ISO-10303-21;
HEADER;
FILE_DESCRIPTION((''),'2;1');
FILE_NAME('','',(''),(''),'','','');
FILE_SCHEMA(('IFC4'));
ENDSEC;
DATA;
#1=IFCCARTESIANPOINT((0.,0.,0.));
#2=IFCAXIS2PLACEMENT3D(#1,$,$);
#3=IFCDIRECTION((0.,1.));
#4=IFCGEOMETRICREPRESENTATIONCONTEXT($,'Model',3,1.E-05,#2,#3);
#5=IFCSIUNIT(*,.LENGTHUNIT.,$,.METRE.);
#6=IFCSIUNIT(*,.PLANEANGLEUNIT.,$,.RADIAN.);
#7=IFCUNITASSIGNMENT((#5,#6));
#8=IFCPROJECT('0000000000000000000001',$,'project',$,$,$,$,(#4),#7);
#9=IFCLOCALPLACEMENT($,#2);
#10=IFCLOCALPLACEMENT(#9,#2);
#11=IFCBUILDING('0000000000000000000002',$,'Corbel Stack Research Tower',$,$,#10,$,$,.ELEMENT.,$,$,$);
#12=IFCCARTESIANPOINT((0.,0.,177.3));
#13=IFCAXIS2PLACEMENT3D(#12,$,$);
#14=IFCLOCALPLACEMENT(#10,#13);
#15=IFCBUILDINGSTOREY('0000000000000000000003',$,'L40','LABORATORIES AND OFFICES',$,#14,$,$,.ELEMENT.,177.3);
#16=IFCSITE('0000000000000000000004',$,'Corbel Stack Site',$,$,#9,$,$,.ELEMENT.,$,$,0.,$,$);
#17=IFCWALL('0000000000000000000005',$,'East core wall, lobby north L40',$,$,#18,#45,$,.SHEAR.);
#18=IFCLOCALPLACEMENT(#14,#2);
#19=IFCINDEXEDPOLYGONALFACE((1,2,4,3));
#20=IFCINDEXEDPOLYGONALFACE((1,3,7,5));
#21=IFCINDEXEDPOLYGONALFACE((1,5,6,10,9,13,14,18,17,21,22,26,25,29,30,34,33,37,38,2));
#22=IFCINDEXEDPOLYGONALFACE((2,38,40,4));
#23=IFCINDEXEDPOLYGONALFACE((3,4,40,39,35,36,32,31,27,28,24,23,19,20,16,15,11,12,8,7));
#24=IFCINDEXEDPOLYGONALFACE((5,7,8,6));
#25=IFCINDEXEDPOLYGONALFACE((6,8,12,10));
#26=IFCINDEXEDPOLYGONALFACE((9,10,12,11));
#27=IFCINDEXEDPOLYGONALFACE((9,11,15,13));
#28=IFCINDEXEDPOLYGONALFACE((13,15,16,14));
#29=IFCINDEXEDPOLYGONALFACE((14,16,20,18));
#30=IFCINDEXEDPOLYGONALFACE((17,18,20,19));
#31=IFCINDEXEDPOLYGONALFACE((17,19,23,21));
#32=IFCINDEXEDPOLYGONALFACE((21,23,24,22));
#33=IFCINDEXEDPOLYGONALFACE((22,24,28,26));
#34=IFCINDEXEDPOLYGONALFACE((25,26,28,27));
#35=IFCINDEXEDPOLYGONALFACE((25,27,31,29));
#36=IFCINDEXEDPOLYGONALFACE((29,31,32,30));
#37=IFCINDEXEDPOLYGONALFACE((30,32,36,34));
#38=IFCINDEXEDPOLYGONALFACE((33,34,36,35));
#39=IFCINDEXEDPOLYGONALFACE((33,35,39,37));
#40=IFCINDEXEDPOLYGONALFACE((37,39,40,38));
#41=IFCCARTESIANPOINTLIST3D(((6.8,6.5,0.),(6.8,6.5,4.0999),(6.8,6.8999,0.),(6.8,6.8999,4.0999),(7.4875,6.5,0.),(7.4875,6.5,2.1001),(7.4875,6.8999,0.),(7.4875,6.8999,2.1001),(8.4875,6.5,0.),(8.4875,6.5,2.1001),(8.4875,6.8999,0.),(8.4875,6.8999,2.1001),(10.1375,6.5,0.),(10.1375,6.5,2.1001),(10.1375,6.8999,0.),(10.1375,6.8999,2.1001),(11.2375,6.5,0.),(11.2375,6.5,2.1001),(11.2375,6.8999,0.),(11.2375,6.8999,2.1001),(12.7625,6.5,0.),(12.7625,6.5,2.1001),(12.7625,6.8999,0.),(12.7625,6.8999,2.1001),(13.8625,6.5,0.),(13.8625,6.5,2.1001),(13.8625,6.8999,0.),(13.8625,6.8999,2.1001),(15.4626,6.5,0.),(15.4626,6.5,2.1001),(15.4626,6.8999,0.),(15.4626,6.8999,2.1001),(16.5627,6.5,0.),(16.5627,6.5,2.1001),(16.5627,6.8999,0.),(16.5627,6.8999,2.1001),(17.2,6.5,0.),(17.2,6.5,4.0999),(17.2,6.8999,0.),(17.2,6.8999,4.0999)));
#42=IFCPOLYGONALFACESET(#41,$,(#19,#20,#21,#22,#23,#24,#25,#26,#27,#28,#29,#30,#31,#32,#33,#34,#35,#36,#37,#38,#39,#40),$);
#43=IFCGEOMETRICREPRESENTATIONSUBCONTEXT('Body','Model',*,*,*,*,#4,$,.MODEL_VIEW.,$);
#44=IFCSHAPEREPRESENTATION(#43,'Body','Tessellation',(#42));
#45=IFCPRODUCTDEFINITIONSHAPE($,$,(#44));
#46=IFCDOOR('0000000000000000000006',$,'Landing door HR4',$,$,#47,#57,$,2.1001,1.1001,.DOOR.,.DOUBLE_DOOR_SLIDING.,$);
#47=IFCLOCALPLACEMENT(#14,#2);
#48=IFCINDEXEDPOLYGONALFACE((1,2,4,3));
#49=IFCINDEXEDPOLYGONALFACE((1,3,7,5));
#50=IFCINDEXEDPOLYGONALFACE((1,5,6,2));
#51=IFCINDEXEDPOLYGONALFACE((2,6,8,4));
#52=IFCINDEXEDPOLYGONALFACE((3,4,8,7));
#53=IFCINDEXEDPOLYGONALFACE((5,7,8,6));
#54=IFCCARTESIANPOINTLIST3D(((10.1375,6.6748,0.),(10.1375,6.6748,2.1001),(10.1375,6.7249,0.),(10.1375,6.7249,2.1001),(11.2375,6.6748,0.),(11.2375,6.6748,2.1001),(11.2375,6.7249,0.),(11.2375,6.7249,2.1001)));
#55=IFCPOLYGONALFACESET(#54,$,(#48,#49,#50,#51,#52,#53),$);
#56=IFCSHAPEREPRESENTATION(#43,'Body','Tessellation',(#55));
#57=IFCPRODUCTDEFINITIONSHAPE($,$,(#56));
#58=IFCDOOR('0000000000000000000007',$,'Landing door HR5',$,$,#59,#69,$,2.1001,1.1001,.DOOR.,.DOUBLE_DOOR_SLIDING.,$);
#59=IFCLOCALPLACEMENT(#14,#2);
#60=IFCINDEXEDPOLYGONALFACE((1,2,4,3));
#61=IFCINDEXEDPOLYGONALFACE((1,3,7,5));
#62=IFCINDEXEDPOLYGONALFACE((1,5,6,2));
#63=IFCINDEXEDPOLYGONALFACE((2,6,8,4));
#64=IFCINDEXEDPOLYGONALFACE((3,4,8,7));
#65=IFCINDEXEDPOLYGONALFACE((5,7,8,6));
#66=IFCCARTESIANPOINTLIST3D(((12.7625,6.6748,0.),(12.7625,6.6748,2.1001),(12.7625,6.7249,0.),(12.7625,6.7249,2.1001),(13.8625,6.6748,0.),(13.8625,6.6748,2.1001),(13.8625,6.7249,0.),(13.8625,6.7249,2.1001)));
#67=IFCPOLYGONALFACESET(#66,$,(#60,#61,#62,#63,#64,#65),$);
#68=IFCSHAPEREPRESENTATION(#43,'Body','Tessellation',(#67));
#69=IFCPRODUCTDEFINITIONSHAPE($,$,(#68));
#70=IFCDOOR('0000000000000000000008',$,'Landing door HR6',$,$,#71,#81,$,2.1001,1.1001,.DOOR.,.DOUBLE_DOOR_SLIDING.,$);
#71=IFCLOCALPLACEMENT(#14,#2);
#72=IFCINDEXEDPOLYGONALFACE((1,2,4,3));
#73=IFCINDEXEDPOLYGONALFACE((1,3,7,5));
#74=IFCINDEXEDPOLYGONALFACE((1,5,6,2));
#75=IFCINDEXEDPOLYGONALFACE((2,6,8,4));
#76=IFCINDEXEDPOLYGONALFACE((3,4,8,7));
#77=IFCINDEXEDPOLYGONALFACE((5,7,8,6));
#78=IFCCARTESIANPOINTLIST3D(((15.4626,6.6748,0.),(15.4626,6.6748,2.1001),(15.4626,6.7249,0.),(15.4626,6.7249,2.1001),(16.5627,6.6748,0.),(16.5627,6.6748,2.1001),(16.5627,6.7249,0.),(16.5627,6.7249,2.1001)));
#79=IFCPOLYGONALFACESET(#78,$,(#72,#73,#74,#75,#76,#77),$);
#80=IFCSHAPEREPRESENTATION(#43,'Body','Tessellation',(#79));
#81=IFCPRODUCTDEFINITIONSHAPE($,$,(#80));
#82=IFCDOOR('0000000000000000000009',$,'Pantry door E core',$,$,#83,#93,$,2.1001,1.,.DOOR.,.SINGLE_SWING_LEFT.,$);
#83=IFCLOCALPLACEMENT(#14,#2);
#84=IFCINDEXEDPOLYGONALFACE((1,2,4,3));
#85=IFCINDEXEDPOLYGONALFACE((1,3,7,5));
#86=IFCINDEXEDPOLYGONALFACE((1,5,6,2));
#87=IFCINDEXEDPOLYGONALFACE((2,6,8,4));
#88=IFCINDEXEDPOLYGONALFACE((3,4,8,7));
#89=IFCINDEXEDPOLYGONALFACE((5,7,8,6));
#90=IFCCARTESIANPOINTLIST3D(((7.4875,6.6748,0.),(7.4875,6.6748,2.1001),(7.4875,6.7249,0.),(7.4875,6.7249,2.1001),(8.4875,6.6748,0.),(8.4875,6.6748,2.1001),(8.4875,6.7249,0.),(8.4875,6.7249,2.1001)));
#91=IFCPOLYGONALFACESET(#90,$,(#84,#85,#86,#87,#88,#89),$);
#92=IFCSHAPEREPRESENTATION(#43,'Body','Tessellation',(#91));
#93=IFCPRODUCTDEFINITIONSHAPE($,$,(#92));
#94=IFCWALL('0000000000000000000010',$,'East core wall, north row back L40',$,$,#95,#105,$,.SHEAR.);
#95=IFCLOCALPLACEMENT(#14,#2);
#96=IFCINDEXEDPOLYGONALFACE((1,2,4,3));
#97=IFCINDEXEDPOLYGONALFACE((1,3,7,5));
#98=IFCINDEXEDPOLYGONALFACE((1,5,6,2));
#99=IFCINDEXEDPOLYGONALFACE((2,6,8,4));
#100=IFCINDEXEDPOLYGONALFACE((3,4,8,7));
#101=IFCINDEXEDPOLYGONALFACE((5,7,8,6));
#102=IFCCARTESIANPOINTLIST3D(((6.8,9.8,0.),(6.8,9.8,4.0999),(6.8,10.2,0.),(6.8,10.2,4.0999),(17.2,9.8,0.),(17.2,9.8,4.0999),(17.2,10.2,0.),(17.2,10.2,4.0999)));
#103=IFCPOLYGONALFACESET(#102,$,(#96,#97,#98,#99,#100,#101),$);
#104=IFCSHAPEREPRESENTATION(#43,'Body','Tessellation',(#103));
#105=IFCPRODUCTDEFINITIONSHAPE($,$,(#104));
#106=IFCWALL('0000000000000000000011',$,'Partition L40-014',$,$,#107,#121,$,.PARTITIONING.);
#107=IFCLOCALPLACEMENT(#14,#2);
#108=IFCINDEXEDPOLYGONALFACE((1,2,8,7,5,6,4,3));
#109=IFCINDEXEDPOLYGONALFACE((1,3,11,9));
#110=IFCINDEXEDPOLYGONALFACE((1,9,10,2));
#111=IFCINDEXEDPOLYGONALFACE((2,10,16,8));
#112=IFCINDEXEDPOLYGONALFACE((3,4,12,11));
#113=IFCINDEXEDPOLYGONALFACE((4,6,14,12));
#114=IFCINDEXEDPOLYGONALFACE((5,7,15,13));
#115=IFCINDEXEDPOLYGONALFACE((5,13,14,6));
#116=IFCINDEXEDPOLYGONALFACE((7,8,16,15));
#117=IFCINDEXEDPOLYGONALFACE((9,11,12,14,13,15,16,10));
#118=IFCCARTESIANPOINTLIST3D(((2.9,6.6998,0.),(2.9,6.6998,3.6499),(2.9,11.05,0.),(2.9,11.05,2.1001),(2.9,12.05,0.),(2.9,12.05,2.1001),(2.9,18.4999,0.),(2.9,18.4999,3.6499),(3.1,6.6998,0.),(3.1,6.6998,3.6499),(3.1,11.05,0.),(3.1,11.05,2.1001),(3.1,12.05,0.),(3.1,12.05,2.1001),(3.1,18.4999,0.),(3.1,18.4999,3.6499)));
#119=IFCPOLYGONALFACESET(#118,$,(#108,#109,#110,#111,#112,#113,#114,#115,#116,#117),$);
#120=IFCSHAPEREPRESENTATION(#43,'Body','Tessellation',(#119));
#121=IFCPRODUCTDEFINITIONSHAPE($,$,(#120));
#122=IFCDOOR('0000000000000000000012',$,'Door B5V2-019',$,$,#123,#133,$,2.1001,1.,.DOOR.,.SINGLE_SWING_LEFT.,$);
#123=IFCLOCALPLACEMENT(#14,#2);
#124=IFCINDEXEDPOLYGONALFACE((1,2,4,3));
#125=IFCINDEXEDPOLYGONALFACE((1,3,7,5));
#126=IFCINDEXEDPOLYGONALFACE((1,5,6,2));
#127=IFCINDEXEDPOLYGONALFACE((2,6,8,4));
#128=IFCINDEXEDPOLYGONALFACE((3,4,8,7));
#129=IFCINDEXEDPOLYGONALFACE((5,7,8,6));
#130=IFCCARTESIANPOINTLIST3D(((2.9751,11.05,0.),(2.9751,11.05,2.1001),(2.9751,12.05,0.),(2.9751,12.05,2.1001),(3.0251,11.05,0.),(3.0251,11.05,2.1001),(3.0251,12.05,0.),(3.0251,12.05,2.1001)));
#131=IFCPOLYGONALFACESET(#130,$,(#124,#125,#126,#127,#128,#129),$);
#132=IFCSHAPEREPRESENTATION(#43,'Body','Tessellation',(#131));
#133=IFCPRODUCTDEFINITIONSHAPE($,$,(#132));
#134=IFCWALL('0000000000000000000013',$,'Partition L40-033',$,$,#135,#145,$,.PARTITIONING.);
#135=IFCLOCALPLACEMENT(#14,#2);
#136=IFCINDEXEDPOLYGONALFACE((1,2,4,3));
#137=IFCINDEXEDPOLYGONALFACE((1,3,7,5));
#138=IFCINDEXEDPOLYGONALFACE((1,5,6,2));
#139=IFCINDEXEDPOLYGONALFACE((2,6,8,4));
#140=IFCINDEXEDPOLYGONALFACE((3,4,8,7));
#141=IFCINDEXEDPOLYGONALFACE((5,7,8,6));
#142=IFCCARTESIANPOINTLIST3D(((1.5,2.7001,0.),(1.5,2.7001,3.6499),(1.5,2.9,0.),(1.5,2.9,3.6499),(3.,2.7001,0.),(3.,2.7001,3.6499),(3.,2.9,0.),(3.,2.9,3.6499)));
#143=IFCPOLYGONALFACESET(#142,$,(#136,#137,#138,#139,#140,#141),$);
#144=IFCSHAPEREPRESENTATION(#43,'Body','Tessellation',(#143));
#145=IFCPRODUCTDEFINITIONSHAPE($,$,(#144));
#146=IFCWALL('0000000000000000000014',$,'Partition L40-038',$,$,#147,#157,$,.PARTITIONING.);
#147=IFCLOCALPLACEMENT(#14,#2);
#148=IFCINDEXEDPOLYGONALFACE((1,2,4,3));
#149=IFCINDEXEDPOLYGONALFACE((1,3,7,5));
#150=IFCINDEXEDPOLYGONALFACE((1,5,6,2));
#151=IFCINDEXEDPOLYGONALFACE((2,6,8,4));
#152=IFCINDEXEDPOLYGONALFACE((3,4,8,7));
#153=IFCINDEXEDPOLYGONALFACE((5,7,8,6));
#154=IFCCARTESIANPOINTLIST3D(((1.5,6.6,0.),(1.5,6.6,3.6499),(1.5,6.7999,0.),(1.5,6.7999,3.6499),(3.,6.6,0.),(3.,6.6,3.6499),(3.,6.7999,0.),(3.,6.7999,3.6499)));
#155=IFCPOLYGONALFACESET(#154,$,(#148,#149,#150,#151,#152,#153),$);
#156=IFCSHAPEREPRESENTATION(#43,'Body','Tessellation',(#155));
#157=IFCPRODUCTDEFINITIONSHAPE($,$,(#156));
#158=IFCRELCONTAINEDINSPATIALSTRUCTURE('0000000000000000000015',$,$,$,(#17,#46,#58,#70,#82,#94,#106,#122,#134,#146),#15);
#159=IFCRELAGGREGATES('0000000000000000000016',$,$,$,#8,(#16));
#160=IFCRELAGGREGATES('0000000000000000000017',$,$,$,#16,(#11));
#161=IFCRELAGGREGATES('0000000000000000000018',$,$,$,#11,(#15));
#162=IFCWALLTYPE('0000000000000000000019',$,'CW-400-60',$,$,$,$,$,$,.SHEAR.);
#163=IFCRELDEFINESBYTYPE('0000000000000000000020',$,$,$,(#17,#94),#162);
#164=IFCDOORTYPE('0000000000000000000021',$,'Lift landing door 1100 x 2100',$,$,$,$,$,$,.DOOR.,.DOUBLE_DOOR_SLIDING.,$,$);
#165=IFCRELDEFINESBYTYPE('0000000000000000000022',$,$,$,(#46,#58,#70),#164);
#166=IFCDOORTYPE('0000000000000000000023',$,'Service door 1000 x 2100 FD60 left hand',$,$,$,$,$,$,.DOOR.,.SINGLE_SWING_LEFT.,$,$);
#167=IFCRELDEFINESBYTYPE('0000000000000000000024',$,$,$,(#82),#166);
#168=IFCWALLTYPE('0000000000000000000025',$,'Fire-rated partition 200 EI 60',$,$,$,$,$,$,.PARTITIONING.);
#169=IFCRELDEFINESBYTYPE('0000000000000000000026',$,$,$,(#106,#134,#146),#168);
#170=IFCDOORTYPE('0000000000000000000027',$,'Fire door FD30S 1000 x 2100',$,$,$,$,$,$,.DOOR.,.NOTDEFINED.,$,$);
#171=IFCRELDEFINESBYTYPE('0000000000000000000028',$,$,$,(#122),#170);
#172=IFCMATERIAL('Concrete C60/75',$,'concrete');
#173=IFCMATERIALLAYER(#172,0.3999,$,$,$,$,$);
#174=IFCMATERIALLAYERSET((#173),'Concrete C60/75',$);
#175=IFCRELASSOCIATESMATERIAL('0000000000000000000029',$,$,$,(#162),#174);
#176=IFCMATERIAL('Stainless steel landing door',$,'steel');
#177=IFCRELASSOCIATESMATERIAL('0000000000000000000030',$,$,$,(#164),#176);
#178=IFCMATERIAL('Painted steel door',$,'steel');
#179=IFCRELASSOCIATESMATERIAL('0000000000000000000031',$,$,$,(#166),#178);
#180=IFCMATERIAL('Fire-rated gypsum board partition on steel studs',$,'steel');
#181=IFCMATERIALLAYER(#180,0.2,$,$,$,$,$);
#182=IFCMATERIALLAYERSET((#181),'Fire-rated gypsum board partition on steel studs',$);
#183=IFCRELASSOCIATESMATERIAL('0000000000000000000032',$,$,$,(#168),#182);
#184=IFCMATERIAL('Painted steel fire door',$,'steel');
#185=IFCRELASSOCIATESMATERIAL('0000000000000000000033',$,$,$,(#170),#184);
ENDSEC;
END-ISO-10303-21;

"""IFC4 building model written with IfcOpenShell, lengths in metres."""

from ifc_helpers import new_model, si_unit, direction, frame, frame_2d, origin, place, context, subcontext, project, spatial, rectangle, extrude, material, layer, layer_set, type_object, element, fill, save


model = new_model("IFC4")

# Units and contexts
model_context = context("Model", 3, precision=1e-05, world=origin(), true_north=direction((0.0, 1.0)))
body_context = subcontext(model_context, "Body", "Model", "MODEL_VIEW")
ifc_project = project(units=[si_unit("LENGTHUNIT", "METRE"), si_unit("PLANEANGLEUNIT", "RADIAN")], contexts=[model_context])

# Site, building, storey
site_placement = place(None, origin())
site = spatial("IfcSite", under=ifc_project, at=site_placement, Name="Corbel Stack Site", CompositionType="ELEMENT", RefElevation=0.0)
building_placement = place(site_placement, origin())
building = spatial("IfcBuilding", under=site, at=building_placement, Name="Corbel Stack Research Tower", CompositionType="ELEMENT")
storey_placement = place(building_placement, frame((0.0, 0.0, 177.3)))
storey = spatial("IfcBuildingStorey", under=building, at=storey_placement, Name="L40", Description="LABORATORIES AND OFFICES", CompositionType="ELEMENT", Elevation=177.3)

# Wall, openings, doors
ifc_material_1 = material(Name="Concrete C60/75", Category="concrete")
ifc_layer_1 = layer(ifc_material_1, 0.3999)
ifc_layer_set_1 = layer_set([ifc_layer_1], Name="Concrete C60/75")
wall_type_1 = type_object("IfcWallType", Name="CW-400-60", PredefinedType="SHEAR", material=ifc_layer_set_1)
ifc_material_2 = material(Name="Stainless steel landing door", Category="steel")
door_type_1 = type_object("IfcDoorType", Name="Lift landing door 1100 x 2100", OperationType="DOUBLE_DOOR_SLIDING", PredefinedType="DOOR", material=ifc_material_2)
ifc_material_3 = material(Name="Painted steel door", Category="steel")
door_type_2 = type_object("IfcDoorType", Name="Service door 1000 x 2100 FD60 left hand", OperationType="SINGLE_SWING_LEFT", PredefinedType="DOOR", material=ifc_material_3)
wall_1_placement = place(storey_placement, frame((6.8, 6.7, 0.0), z_axis=(0.0, 0.0, 1.0), x_axis=(1.0, 0.0, 0.0)))
wall_1 = element("IfcWall", 1, at=wall_1_placement, inside=storey, type_object=wall_type_1, Name="East core wall, lobby north L40", PredefinedType="SHEAR", context=body_context, shape_type="SweptSolid", body=[
    extrude(rectangle(XDim=10.3999, YDim=0.3999, at=frame_2d((5.2, 0.0))), origin(), (0.0, 0.0, 1.0), 4.0999),
])
opening_1_placement = place(wall_1_placement, frame((3.3374, 0.0, 0.0)))
opening_1 = element("IfcOpeningElement", 2, at=opening_1_placement, cuts=wall_1, PredefinedType="OPENING", context=body_context, shape_type="SweptSolid", body=[
    extrude(rectangle(XDim=1.1001, YDim=2.1001, at=frame_2d((0.55, 1.05))), frame((0.0, 0.21, 0.0), z_axis=(0.0, -1.0, 0.0), x_axis=(1.0, 0.0, 0.0)), (0.0, 0.0, 1.0), 0.4199),
])
opening_2_placement = place(wall_1_placement, frame((5.9624, 0.0, 0.0)))
opening_2 = element("IfcOpeningElement", 3, at=opening_2_placement, cuts=wall_1, PredefinedType="OPENING", context=body_context, shape_type="SweptSolid", body=[
    extrude(rectangle(XDim=1.1001, YDim=2.1001, at=frame_2d((0.55, 1.05))), frame((0.0, 0.21, 0.0), z_axis=(0.0, -1.0, 0.0), x_axis=(1.0, 0.0, 0.0)), (0.0, 0.0, 1.0), 0.4199),
])
opening_3_placement = place(wall_1_placement, frame((8.6626, 0.0, 0.0)))
opening_3 = element("IfcOpeningElement", 4, at=opening_3_placement, cuts=wall_1, PredefinedType="OPENING", context=body_context, shape_type="SweptSolid", body=[
    extrude(rectangle(XDim=1.1001, YDim=2.1001, at=frame_2d((0.55, 1.05))), frame((0.0, 0.21, 0.0), z_axis=(0.0, -1.0, 0.0), x_axis=(1.0, 0.0, 0.0)), (0.0, 0.0, 1.0), 0.4199),
])
opening_4_placement = place(wall_1_placement, frame((0.6875, 0.0, 0.0)))
opening_4 = element("IfcOpeningElement", 5, at=opening_4_placement, cuts=wall_1, PredefinedType="OPENING", context=body_context, shape_type="SweptSolid", body=[
    extrude(rectangle(XDim=1.0, YDim=2.1001, at=frame_2d((0.5, 1.05))), frame((0.0, 0.21, 0.0), z_axis=(0.0, -1.0, 0.0), x_axis=(1.0, 0.0, 0.0)), (0.0, 0.0, 1.0), 0.4199),
])
door_1_placement = place(opening_1_placement, origin())
door_1 = element("IfcDoor", 6, at=door_1_placement, inside=storey, type_object=door_type_1, Name="Landing door HR4", OperationType="DOUBLE_DOOR_SLIDING", OverallHeight=2.1001, OverallWidth=1.1001, PredefinedType="DOOR", context=body_context, shape_type="SweptSolid", body=[
    extrude(rectangle(XDim=1.1001, YDim=2.1001, at=frame_2d((0.55, 1.05))), frame((0.0, 0.0249, 0.0), z_axis=(0.0, -1.0, 0.0), x_axis=(1.0, 0.0, 0.0)), (0.0, 0.0, 1.0), 0.05),
])
fill(opening_1, door_1)
door_2_placement = place(opening_2_placement, origin())
door_2 = element("IfcDoor", 7, at=door_2_placement, inside=storey, type_object=door_type_1, Name="Landing door HR5", OperationType="DOUBLE_DOOR_SLIDING", OverallHeight=2.1001, OverallWidth=1.1001, PredefinedType="DOOR", context=body_context, shape_type="SweptSolid", body=[
    extrude(rectangle(XDim=1.1001, YDim=2.1001, at=frame_2d((0.55, 1.05))), frame((0.0, 0.0249, 0.0), z_axis=(0.0, -1.0, 0.0), x_axis=(1.0, 0.0, 0.0)), (0.0, 0.0, 1.0), 0.05),
])
fill(opening_2, door_2)
door_3_placement = place(opening_3_placement, origin())
door_3 = element("IfcDoor", 8, at=door_3_placement, inside=storey, type_object=door_type_1, Name="Landing door HR6", OperationType="DOUBLE_DOOR_SLIDING", OverallHeight=2.1001, OverallWidth=1.1001, PredefinedType="DOOR", context=body_context, shape_type="SweptSolid", body=[
    extrude(rectangle(XDim=1.1001, YDim=2.1001, at=frame_2d((0.55, 1.05))), frame((0.0, 0.0249, 0.0), z_axis=(0.0, -1.0, 0.0), x_axis=(1.0, 0.0, 0.0)), (0.0, 0.0, 1.0), 0.05),
])
fill(opening_3, door_3)
door_4_placement = place(opening_4_placement, origin())
door_4 = element("IfcDoor", 9, at=door_4_placement, inside=storey, type_object=door_type_2, Name="Pantry door E core", OperationType="SINGLE_SWING_LEFT", OverallHeight=2.1001, OverallWidth=1.0, PredefinedType="DOOR", context=body_context, shape_type="SweptSolid", body=[
    extrude(rectangle(XDim=1.0, YDim=2.1001, at=frame_2d((0.5, 1.05))), frame((0.0, 0.0249, 0.0), z_axis=(0.0, -1.0, 0.0), x_axis=(1.0, 0.0, 0.0)), (0.0, 0.0, 1.0), 0.05),
])
fill(opening_4, door_4)

# Wall
wall_2_placement = place(storey_placement, frame((6.8, 10.0, 0.0), z_axis=(0.0, 0.0, 1.0), x_axis=(1.0, 0.0, 0.0)))
element("IfcWall", 10, at=wall_2_placement, inside=storey, type_object=wall_type_1, Name="East core wall, north row back L40", PredefinedType="SHEAR", context=body_context, shape_type="SweptSolid", body=[
    extrude(rectangle(XDim=10.3999, YDim=0.3999, at=frame_2d((5.2, 0.0))), origin(), (0.0, 0.0, 1.0), 4.0999),
])

# Wall, opening, door
ifc_material_4 = material(Name="Fire-rated gypsum board partition on steel studs", Category="steel")
ifc_layer_2 = layer(ifc_material_4, 0.2)
ifc_layer_set_2 = layer_set([ifc_layer_2], Name="Fire-rated gypsum board partition on steel studs")
wall_type_2 = type_object("IfcWallType", Name="Fire-rated partition 200 EI 60", PredefinedType="PARTITIONING", material=ifc_layer_set_2)
wall_3_placement = place(storey_placement, frame((3.0, 6.7, 0.0), z_axis=(0.0, 0.0, 1.0), x_axis=(0.0, 1.0, 0.0)))
wall_3 = element("IfcWall", 11, at=wall_3_placement, inside=storey, type_object=wall_type_2, Name="Partition L40-014", PredefinedType="PARTITIONING", context=body_context, shape_type="SweptSolid", body=[
    extrude(rectangle(XDim=11.8, YDim=0.2, at=frame_2d((5.8999, 0.0))), origin(), (0.0, 0.0, 1.0), 3.6499),
])
opening_5_placement = place(wall_3_placement, frame((4.3501, 0.0, 0.0)))
opening_5 = element("IfcOpeningElement", 12, at=opening_5_placement, cuts=wall_3, PredefinedType="OPENING", context=body_context, shape_type="SweptSolid", body=[
    extrude(rectangle(XDim=1.0, YDim=2.1001, at=frame_2d((0.5, 1.05))), frame((0.0, 0.1099, 0.0), z_axis=(0.0, -1.0, 0.0), x_axis=(1.0, 0.0, 0.0)), (0.0, 0.0, 1.0), 0.22),
])
ifc_material_5 = material(Name="Painted steel fire door", Category="steel")
door_type_3 = type_object("IfcDoorType", Name="Fire door FD30S 1000 x 2100", OperationType="NOTDEFINED", PredefinedType="DOOR", material=ifc_material_5)
door_5_placement = place(opening_5_placement, origin())
door_5 = element("IfcDoor", 13, at=door_5_placement, inside=storey, type_object=door_type_3, Name="Door B5V2-019", OperationType="SINGLE_SWING_LEFT", OverallHeight=2.1001, OverallWidth=1.0, PredefinedType="DOOR", context=body_context, shape_type="SweptSolid", body=[
    extrude(rectangle(XDim=1.0, YDim=2.1001, at=frame_2d((0.5, 1.05))), frame((0.0, 0.0249, 0.0), z_axis=(0.0, -1.0, 0.0), x_axis=(1.0, 0.0, 0.0)), (0.0, 0.0, 1.0), 0.05),
])
fill(opening_5, door_5)

# Walls
for number, where, z_axis, x_axis, name in (
    (14, (1.5, 2.8, 0.0), (0.0, 0.0, 1.0), (1.0, 0.0, 0.0), "Partition L40-033"),
    (15, (1.5, 6.7, 0.0), (0.0, 0.0, 1.0), (1.0, 0.0, 0.0), "Partition L40-038"),
):
    element("IfcWall", number, at=place(storey_placement, frame(where, z_axis=z_axis, x_axis=x_axis)), inside=storey, type_object=wall_type_2, Name=name, PredefinedType="PARTITIONING", context=body_context, shape_type="SweptSolid", body=[
        extrude(rectangle(XDim=1.5, YDim=0.2, at=frame_2d((0.75, 0.0))), origin(), (0.0, 0.0, 1.0), 3.6499),
    ])

save(model, "model.ifc")
